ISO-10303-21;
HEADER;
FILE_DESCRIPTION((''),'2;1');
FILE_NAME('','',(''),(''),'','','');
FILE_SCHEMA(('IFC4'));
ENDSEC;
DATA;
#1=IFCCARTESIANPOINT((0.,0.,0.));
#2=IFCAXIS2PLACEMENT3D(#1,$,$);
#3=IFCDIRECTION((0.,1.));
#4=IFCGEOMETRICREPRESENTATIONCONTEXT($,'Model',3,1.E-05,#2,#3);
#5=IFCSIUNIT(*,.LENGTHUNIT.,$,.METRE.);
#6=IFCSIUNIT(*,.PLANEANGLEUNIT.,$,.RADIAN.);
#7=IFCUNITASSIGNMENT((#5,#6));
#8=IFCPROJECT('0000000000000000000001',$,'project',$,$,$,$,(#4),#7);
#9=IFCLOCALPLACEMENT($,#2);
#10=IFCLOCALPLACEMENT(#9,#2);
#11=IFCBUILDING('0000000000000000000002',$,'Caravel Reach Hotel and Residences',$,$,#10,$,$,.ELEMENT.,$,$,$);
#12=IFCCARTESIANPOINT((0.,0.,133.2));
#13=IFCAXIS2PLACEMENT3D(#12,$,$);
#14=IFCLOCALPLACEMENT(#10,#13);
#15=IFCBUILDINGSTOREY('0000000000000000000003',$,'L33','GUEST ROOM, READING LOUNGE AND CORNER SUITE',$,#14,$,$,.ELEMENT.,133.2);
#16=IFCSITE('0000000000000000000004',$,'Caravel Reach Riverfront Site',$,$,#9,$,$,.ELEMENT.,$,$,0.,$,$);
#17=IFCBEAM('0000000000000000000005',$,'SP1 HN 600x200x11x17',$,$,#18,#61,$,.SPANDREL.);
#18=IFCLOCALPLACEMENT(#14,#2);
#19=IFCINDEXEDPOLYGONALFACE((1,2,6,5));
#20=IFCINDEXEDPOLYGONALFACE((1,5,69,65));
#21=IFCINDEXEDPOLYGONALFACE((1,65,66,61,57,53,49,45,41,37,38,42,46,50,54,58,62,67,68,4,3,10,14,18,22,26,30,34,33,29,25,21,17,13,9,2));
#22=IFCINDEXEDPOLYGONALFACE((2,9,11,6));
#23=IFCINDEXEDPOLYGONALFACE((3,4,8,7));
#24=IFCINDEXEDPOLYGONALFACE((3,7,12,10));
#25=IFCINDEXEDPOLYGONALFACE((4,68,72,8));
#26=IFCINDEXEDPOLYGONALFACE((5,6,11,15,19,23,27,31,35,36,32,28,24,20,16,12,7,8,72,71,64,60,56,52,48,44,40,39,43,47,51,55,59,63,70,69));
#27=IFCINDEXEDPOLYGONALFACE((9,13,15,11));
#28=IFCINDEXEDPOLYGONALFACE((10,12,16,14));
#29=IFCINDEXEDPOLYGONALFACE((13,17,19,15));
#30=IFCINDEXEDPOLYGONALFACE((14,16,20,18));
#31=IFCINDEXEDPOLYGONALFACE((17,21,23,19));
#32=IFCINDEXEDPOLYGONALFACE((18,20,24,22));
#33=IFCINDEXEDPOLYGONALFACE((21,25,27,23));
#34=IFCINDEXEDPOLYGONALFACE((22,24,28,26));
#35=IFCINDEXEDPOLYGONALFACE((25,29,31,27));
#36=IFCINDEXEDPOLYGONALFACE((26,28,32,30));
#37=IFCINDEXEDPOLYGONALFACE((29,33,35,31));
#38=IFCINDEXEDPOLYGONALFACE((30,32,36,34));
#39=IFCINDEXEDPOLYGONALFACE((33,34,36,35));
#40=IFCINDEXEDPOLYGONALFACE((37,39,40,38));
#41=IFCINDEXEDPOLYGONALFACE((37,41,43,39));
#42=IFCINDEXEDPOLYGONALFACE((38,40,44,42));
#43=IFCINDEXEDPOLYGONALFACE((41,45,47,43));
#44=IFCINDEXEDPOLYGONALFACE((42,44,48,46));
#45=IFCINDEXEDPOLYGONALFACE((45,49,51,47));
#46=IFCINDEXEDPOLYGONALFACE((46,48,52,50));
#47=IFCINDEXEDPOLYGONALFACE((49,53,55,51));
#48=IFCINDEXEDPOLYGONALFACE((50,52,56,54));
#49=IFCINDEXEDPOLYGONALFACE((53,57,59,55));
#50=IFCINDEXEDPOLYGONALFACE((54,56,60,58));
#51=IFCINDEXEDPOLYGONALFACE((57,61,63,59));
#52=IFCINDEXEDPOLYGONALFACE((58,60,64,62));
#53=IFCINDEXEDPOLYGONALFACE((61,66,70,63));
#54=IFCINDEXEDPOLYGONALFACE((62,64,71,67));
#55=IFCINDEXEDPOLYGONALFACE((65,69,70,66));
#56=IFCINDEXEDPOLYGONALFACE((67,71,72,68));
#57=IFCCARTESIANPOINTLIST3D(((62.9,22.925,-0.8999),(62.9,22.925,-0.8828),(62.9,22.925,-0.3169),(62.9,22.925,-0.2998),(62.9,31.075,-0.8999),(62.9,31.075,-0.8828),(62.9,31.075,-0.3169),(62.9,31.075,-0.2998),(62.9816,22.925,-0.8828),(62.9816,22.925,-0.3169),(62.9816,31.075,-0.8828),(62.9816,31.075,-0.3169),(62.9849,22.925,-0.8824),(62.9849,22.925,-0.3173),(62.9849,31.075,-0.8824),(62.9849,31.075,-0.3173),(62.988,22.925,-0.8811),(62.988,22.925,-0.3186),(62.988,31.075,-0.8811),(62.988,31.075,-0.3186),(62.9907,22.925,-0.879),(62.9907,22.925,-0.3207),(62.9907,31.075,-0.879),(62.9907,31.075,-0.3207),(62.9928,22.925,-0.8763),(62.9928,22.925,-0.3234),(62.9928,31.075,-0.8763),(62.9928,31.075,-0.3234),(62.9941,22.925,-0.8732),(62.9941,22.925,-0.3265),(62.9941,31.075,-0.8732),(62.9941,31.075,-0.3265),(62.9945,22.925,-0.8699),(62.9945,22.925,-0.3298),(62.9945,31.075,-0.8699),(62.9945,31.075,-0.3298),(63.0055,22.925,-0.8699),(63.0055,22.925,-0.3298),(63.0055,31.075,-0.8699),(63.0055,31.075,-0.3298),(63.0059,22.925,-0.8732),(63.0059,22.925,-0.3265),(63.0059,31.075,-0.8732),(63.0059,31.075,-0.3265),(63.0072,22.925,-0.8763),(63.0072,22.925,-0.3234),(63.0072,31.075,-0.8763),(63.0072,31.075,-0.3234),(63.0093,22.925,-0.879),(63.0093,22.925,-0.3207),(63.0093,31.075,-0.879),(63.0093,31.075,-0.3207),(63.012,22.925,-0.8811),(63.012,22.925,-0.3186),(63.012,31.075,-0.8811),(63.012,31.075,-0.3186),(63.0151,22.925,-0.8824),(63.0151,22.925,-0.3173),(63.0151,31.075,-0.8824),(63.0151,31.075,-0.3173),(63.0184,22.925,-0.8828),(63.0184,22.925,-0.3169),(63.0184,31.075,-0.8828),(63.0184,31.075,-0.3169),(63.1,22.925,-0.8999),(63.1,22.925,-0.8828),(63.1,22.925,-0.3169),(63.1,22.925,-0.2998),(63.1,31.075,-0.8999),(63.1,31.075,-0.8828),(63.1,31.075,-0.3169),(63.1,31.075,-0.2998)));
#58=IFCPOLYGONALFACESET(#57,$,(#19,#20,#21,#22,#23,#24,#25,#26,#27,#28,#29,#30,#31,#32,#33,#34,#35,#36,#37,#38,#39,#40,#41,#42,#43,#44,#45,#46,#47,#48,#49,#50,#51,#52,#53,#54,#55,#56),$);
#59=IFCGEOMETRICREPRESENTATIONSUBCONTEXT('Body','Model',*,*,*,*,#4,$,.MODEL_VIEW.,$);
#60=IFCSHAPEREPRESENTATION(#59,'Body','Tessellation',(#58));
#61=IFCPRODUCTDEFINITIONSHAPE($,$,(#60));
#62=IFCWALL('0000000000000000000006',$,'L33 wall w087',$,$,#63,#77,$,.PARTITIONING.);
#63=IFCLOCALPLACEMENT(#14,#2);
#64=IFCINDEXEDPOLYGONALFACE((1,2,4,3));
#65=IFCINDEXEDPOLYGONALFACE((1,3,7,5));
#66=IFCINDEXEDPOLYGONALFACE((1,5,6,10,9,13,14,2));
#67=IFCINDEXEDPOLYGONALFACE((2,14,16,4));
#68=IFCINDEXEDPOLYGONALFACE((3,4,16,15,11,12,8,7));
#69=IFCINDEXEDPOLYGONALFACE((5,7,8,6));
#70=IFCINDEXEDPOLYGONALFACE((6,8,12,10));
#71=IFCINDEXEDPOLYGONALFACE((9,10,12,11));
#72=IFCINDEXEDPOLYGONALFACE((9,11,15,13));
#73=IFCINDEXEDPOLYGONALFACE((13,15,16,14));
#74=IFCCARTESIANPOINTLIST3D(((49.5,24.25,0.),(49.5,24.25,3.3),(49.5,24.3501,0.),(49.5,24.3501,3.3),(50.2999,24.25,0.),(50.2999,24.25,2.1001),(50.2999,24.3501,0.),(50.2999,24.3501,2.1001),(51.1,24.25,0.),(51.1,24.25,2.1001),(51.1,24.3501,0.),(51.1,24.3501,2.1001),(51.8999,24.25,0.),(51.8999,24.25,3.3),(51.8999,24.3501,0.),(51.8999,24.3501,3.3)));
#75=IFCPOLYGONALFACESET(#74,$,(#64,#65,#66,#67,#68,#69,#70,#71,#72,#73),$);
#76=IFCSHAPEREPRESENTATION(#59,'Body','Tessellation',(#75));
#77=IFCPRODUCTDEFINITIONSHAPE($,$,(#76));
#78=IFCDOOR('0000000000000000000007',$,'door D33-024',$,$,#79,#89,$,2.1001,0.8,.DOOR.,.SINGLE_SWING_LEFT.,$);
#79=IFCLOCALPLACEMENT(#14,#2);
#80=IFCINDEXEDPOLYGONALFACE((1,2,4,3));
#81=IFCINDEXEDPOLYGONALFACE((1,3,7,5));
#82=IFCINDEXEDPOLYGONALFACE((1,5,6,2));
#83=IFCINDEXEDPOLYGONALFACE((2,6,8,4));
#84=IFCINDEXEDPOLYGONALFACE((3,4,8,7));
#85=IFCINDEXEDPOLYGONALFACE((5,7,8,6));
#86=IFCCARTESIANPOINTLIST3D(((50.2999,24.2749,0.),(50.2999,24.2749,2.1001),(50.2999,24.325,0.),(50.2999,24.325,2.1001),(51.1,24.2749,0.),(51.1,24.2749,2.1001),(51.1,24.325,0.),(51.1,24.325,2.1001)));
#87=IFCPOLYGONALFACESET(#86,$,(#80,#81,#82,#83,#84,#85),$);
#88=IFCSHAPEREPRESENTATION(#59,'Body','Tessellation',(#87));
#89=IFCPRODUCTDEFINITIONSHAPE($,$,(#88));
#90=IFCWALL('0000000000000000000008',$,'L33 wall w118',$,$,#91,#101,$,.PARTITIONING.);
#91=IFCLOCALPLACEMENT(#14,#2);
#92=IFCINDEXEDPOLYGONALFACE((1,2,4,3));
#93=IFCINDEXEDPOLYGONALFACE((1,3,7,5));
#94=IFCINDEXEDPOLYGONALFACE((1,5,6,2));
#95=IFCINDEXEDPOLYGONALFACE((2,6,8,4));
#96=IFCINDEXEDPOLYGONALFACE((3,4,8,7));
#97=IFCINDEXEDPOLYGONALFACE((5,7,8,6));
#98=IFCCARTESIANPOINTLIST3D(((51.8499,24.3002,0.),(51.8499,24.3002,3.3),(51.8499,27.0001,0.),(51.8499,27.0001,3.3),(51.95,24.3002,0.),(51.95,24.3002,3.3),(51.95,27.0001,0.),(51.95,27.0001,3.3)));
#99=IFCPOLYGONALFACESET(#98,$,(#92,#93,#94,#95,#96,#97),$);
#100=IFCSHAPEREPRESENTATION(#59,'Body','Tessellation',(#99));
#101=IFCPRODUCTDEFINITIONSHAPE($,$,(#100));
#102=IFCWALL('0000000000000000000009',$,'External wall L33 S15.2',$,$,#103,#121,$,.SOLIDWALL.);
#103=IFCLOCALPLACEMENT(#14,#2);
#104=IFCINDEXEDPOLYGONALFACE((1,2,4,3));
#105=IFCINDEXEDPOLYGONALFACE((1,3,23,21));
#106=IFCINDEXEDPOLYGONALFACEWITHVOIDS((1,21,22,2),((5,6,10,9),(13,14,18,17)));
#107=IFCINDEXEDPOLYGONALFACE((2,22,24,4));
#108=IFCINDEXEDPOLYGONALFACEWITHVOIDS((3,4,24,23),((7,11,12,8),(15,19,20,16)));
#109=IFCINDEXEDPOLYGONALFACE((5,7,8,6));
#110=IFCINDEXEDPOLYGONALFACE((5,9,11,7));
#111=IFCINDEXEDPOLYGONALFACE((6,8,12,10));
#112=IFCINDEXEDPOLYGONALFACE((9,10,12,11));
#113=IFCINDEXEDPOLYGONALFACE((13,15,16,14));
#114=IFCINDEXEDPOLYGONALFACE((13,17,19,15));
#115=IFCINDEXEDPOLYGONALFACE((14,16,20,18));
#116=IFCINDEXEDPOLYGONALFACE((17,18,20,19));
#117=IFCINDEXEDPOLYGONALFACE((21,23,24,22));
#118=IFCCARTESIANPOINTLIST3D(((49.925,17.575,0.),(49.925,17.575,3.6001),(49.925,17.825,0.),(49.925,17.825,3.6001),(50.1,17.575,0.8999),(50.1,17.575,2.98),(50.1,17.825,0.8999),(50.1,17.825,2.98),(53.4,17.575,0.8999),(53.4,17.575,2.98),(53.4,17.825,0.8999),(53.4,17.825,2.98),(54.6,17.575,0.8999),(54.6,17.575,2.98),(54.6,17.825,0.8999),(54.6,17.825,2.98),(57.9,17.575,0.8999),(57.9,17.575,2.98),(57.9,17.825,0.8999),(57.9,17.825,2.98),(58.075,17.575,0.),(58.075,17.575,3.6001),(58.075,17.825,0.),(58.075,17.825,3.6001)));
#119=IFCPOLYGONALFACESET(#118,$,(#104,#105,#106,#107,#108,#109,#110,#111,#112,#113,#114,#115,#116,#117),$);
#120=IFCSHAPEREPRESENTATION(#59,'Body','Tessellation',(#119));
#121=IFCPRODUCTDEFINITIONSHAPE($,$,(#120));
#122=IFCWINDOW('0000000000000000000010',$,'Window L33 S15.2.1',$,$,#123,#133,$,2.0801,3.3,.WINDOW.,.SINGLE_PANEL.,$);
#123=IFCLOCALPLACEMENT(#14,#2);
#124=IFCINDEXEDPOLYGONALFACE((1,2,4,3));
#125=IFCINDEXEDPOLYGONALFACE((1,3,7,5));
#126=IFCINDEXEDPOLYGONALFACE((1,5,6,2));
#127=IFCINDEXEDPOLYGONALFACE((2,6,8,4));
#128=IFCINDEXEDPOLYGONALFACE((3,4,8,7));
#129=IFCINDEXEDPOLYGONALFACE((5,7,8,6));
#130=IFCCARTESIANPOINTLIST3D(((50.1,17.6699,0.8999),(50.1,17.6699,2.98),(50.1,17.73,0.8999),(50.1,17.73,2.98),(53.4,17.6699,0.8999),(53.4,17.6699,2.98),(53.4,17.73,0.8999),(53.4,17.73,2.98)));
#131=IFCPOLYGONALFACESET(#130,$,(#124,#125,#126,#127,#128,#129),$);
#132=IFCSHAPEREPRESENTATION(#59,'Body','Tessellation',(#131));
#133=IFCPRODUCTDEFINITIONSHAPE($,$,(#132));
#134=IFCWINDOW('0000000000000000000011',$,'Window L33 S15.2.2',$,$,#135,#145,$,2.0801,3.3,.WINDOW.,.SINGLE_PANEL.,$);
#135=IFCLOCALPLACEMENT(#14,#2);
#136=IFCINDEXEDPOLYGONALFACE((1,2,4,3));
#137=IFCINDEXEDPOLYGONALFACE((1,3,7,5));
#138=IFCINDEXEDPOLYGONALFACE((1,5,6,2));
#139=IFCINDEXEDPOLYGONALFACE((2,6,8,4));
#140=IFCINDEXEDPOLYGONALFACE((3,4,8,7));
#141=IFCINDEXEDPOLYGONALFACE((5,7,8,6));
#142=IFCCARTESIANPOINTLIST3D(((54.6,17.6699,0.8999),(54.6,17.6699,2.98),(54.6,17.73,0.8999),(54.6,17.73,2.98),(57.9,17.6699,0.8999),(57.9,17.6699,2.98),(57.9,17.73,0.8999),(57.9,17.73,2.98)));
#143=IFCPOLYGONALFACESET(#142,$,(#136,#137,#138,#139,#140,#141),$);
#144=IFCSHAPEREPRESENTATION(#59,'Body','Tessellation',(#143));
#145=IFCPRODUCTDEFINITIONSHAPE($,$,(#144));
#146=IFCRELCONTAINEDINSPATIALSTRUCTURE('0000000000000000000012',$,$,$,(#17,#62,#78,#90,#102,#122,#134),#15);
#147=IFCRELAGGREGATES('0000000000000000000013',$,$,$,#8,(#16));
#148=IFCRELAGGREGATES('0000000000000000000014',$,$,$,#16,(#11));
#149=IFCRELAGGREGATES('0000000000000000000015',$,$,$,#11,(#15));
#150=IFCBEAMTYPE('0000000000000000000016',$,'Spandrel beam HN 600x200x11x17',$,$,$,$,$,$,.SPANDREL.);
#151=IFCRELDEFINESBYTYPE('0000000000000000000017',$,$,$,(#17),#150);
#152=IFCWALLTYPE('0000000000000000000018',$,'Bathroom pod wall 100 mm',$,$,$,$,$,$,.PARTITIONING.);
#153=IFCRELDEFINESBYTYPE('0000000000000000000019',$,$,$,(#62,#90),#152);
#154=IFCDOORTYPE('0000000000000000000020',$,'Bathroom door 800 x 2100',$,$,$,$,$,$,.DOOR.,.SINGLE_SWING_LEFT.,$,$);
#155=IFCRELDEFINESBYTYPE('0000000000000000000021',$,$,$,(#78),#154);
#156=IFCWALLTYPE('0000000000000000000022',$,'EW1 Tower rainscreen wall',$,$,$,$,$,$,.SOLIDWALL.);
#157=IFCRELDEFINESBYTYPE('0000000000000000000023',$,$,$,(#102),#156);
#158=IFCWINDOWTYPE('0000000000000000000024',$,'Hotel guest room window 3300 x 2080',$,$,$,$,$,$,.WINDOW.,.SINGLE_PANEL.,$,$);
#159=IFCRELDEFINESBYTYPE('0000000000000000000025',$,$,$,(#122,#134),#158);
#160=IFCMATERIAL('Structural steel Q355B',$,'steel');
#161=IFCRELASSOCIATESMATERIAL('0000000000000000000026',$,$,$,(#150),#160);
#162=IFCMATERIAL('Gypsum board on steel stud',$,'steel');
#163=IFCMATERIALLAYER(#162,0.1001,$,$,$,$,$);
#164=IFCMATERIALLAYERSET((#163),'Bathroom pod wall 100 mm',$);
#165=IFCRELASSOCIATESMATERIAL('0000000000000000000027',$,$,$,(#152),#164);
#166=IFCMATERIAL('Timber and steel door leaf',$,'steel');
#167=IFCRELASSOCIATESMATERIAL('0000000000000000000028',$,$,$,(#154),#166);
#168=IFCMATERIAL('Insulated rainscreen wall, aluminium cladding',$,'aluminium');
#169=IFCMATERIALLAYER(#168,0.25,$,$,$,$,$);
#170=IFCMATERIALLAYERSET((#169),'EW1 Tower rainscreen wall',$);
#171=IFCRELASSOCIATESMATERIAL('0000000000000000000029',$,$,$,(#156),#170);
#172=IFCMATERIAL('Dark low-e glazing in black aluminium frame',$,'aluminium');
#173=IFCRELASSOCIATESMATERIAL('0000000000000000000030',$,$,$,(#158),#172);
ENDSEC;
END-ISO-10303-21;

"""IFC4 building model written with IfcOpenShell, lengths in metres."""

from ifc_helpers import new_model, si_unit, direction, frame, frame_2d, origin, origin_2d, place, context, subcontext, project, spatial, rectangle, i_section, extrude, material, layer, layer_set, material_profile, profile_set, type_object, element, fill, save


model = new_model("IFC4")

# Units and contexts
model_context = context("Model", 3, precision=1e-05, world=origin(), true_north=direction((0.0, 1.0)))
body_context = subcontext(model_context, "Body", "Model", "MODEL_VIEW")
ifc_project = project(units=[si_unit("LENGTHUNIT", "METRE"), si_unit("PLANEANGLEUNIT", "RADIAN")], contexts=[model_context])

# Site, building, storey
site_placement = place(None, origin())
site = spatial("IfcSite", under=ifc_project, at=site_placement, Name="Caravel Reach Riverfront Site", CompositionType="ELEMENT", RefElevation=0.0)
building_placement = place(site_placement, origin())
building = spatial("IfcBuilding", under=site, at=building_placement, Name="Caravel Reach Hotel and Residences", CompositionType="ELEMENT")
storey_placement = place(building_placement, frame((0.0, 0.0, 133.2)))
storey = spatial("IfcBuildingStorey", under=building, at=storey_placement, Name="L33", Description="GUEST ROOM, READING LOUNGE AND CORNER SUITE", CompositionType="ELEMENT", Elevation=133.2)

# Beam
ifc_material_1 = material(Name="Structural steel Q355B", Category="steel")
ifc_material_profile_1 = material_profile(ifc_material_1, i_section(OverallWidth=0.2, OverallDepth=0.6001, WebThickness=0.011, FlangeThickness=0.0171, FilletRadius=0.0129, at=origin_2d()), Name="HN 600x200x11x17")
ifc_profile_set_1 = profile_set([ifc_material_profile_1], Name="Structural steel Q355B")
beam_type_1 = type_object("IfcBeamType", Name="Spandrel beam HN 600x200x11x17", PredefinedType="SPANDREL", material=ifc_profile_set_1)
beam_1_placement = place(storey_placement, frame((63.0, 22.925, -0.5999), z_axis=(0.0, 1.0, 0.0), x_axis=(-1.0, 0.0, 0.0)))
element("IfcBeam", 1, at=beam_1_placement, inside=storey, type_object=beam_type_1, Name="SP1 HN 600x200x11x17", PredefinedType="SPANDREL", context=body_context, shape_type="SweptSolid", body=[
    extrude(i_section(OverallWidth=0.2, OverallDepth=0.6001, WebThickness=0.011, FlangeThickness=0.0171, FilletRadius=0.0129, at=origin_2d()), origin(), (0.0, 0.0, 1.0), 8.1499),
])

# Wall, opening, door
ifc_material_2 = material(Name="Gypsum board on steel stud", Category="steel")
ifc_layer_1 = layer(ifc_material_2, 0.1001)
ifc_layer_set_1 = layer_set([ifc_layer_1], Name="Bathroom pod wall 100 mm")
wall_type_1 = type_object("IfcWallType", Name="Bathroom pod wall 100 mm", PredefinedType="PARTITIONING", material=ifc_layer_set_1)
wall_1_placement = place(storey_placement, frame((49.5, 24.3, 0.0), z_axis=(0.0, 0.0, 1.0), x_axis=(1.0, 0.0, 0.0)))
wall_1 = element("IfcWall", 2, at=wall_1_placement, inside=storey, type_object=wall_type_1, Name="L33 wall w087", PredefinedType="PARTITIONING", context=body_context, shape_type="SweptSolid", body=[
    extrude(rectangle(XDim=2.3999, YDim=0.1001, at=frame_2d((1.2, 0.0))), origin(), (0.0, 0.0, 1.0), 3.3),
])
opening_1_placement = place(wall_1_placement, frame((0.8, 0.0, 0.0)))
opening_1 = element("IfcOpeningElement", 3, at=opening_1_placement, cuts=wall_1, PredefinedType="OPENING", context=body_context, shape_type="SweptSolid", body=[
    extrude(rectangle(XDim=0.8, YDim=2.1001, at=frame_2d((0.3999, 1.05))), frame((0.0, 0.0601, 0.0), z_axis=(0.0, -1.0, 0.0), x_axis=(1.0, 0.0, 0.0)), (0.0, 0.0, 1.0), 0.1201),
])
ifc_material_3 = material(Name="Timber and steel door leaf", Category="steel")
door_type = type_object("IfcDoorType", Name="Bathroom door 800 x 2100", OperationType="SINGLE_SWING_LEFT", PredefinedType="DOOR", material=ifc_material_3)
door_placement = place(opening_1_placement, origin())
door = element("IfcDoor", 4, at=door_placement, inside=storey, type_object=door_type, Name="door D33-024", OperationType="SINGLE_SWING_LEFT", OverallHeight=2.1001, OverallWidth=0.8, PredefinedType="DOOR", context=body_context, shape_type="SweptSolid", body=[
    extrude(rectangle(XDim=0.8, YDim=2.1001, at=frame_2d((0.3999, 1.05))), frame((0.0, 0.0249, 0.0), z_axis=(0.0, -1.0, 0.0), x_axis=(1.0, 0.0, 0.0)), (0.0, 0.0, 1.0), 0.05),
])
fill(opening_1, door)

# Wall
wall_2_placement = place(storey_placement, frame((51.8999, 24.3, 0.0), z_axis=(0.0, 0.0, 1.0), x_axis=(0.0, 1.0, 0.0)))
element("IfcWall", 5, at=wall_2_placement, inside=storey, type_object=wall_type_1, Name="L33 wall w118", PredefinedType="PARTITIONING", context=body_context, shape_type="SweptSolid", body=[
    extrude(rectangle(XDim=2.7, YDim=0.1001, at=frame_2d((1.3501, 0.0))), origin(), (0.0, 0.0, 1.0), 3.3),
])

# Wall, openings, windows
ifc_material_4 = material(Name="Insulated rainscreen wall, aluminium cladding", Category="aluminium")
ifc_layer_2 = layer(ifc_material_4, 0.25)
ifc_layer_set_2 = layer_set([ifc_layer_2], Name="EW1 Tower rainscreen wall")
wall_type_2 = type_object("IfcWallType", Name="EW1 Tower rainscreen wall", PredefinedType="SOLIDWALL", material=ifc_layer_set_2)
wall_3_placement = place(storey_placement, frame((49.925, 17.7, 0.0), z_axis=(0.0, 0.0, 1.0), x_axis=(1.0, 0.0, 0.0)))
wall_3 = element("IfcWall", 6, at=wall_3_placement, inside=storey, type_object=wall_type_2, Name="External wall L33 S15.2", PredefinedType="SOLIDWALL", context=body_context, shape_type="SweptSolid", body=[
    extrude(rectangle(XDim=8.1499, YDim=0.25, at=frame_2d((4.075, 0.0))), origin(), (0.0, 0.0, 1.0), 3.6001),
])
opening_2_placement = place(wall_3_placement, frame((0.175, 0.0, 0.8999)))
opening_2 = element("IfcOpeningElement", 7, at=opening_2_placement, cuts=wall_3, PredefinedType="OPENING", context=body_context, shape_type="SweptSolid", body=[
    extrude(rectangle(XDim=3.3, YDim=2.0801, at=frame_2d((1.6499, 1.04))), frame((0.0, 0.135, 0.0), z_axis=(0.0, -1.0, 0.0), x_axis=(1.0, 0.0, 0.0)), (0.0, 0.0, 1.0), 0.27),
])
opening_3_placement = place(wall_3_placement, frame((4.675, 0.0, 0.8999)))
opening_3 = element("IfcOpeningElement", 8, at=opening_3_placement, cuts=wall_3, PredefinedType="OPENING", context=body_context, shape_type="SweptSolid", body=[
    extrude(rectangle(XDim=3.3, YDim=2.0801, at=frame_2d((1.6499, 1.04))), frame((0.0, 0.135, 0.0), z_axis=(0.0, -1.0, 0.0), x_axis=(1.0, 0.0, 0.0)), (0.0, 0.0, 1.0), 0.27),
])
ifc_material_5 = material(Name="Dark low-e glazing in black aluminium frame", Category="aluminium")
window_type_1 = type_object("IfcWindowType", Name="Hotel guest room window 3300 x 2080", PartitioningType="SINGLE_PANEL", PredefinedType="WINDOW", material=ifc_material_5)
window_1_placement = place(opening_2_placement, origin())
window_1 = element("IfcWindow", 9, at=window_1_placement, inside=storey, type_object=window_type_1, Name="Window L33 S15.2.1", OverallHeight=2.0801, OverallWidth=3.3, PartitioningType="SINGLE_PANEL", PredefinedType="WINDOW", context=body_context, shape_type="SweptSolid", body=[
    extrude(rectangle(XDim=3.3, YDim=2.0801, at=frame_2d((1.6499, 1.04))), frame((0.0, 0.03, 0.0), z_axis=(0.0, -1.0, 0.0), x_axis=(1.0, 0.0, 0.0)), (0.0, 0.0, 1.0), 0.0601),
])
fill(opening_2, window_1)
window_2_placement = place(opening_3_placement, origin())
window_2 = element("IfcWindow", 10, at=window_2_placement, inside=storey, type_object=window_type_1, Name="Window L33 S15.2.2", OverallHeight=2.0801, OverallWidth=3.3, PartitioningType="SINGLE_PANEL", PredefinedType="WINDOW", context=body_context, shape_type="SweptSolid", body=[
    extrude(rectangle(XDim=3.3, YDim=2.0801, at=frame_2d((1.6499, 1.04))), frame((0.0, 0.03, 0.0), z_axis=(0.0, -1.0, 0.0), x_axis=(1.0, 0.0, 0.0)), (0.0, 0.0, 1.0), 0.0601),
])
fill(opening_3, window_2)

save(model, "model.ifc")
